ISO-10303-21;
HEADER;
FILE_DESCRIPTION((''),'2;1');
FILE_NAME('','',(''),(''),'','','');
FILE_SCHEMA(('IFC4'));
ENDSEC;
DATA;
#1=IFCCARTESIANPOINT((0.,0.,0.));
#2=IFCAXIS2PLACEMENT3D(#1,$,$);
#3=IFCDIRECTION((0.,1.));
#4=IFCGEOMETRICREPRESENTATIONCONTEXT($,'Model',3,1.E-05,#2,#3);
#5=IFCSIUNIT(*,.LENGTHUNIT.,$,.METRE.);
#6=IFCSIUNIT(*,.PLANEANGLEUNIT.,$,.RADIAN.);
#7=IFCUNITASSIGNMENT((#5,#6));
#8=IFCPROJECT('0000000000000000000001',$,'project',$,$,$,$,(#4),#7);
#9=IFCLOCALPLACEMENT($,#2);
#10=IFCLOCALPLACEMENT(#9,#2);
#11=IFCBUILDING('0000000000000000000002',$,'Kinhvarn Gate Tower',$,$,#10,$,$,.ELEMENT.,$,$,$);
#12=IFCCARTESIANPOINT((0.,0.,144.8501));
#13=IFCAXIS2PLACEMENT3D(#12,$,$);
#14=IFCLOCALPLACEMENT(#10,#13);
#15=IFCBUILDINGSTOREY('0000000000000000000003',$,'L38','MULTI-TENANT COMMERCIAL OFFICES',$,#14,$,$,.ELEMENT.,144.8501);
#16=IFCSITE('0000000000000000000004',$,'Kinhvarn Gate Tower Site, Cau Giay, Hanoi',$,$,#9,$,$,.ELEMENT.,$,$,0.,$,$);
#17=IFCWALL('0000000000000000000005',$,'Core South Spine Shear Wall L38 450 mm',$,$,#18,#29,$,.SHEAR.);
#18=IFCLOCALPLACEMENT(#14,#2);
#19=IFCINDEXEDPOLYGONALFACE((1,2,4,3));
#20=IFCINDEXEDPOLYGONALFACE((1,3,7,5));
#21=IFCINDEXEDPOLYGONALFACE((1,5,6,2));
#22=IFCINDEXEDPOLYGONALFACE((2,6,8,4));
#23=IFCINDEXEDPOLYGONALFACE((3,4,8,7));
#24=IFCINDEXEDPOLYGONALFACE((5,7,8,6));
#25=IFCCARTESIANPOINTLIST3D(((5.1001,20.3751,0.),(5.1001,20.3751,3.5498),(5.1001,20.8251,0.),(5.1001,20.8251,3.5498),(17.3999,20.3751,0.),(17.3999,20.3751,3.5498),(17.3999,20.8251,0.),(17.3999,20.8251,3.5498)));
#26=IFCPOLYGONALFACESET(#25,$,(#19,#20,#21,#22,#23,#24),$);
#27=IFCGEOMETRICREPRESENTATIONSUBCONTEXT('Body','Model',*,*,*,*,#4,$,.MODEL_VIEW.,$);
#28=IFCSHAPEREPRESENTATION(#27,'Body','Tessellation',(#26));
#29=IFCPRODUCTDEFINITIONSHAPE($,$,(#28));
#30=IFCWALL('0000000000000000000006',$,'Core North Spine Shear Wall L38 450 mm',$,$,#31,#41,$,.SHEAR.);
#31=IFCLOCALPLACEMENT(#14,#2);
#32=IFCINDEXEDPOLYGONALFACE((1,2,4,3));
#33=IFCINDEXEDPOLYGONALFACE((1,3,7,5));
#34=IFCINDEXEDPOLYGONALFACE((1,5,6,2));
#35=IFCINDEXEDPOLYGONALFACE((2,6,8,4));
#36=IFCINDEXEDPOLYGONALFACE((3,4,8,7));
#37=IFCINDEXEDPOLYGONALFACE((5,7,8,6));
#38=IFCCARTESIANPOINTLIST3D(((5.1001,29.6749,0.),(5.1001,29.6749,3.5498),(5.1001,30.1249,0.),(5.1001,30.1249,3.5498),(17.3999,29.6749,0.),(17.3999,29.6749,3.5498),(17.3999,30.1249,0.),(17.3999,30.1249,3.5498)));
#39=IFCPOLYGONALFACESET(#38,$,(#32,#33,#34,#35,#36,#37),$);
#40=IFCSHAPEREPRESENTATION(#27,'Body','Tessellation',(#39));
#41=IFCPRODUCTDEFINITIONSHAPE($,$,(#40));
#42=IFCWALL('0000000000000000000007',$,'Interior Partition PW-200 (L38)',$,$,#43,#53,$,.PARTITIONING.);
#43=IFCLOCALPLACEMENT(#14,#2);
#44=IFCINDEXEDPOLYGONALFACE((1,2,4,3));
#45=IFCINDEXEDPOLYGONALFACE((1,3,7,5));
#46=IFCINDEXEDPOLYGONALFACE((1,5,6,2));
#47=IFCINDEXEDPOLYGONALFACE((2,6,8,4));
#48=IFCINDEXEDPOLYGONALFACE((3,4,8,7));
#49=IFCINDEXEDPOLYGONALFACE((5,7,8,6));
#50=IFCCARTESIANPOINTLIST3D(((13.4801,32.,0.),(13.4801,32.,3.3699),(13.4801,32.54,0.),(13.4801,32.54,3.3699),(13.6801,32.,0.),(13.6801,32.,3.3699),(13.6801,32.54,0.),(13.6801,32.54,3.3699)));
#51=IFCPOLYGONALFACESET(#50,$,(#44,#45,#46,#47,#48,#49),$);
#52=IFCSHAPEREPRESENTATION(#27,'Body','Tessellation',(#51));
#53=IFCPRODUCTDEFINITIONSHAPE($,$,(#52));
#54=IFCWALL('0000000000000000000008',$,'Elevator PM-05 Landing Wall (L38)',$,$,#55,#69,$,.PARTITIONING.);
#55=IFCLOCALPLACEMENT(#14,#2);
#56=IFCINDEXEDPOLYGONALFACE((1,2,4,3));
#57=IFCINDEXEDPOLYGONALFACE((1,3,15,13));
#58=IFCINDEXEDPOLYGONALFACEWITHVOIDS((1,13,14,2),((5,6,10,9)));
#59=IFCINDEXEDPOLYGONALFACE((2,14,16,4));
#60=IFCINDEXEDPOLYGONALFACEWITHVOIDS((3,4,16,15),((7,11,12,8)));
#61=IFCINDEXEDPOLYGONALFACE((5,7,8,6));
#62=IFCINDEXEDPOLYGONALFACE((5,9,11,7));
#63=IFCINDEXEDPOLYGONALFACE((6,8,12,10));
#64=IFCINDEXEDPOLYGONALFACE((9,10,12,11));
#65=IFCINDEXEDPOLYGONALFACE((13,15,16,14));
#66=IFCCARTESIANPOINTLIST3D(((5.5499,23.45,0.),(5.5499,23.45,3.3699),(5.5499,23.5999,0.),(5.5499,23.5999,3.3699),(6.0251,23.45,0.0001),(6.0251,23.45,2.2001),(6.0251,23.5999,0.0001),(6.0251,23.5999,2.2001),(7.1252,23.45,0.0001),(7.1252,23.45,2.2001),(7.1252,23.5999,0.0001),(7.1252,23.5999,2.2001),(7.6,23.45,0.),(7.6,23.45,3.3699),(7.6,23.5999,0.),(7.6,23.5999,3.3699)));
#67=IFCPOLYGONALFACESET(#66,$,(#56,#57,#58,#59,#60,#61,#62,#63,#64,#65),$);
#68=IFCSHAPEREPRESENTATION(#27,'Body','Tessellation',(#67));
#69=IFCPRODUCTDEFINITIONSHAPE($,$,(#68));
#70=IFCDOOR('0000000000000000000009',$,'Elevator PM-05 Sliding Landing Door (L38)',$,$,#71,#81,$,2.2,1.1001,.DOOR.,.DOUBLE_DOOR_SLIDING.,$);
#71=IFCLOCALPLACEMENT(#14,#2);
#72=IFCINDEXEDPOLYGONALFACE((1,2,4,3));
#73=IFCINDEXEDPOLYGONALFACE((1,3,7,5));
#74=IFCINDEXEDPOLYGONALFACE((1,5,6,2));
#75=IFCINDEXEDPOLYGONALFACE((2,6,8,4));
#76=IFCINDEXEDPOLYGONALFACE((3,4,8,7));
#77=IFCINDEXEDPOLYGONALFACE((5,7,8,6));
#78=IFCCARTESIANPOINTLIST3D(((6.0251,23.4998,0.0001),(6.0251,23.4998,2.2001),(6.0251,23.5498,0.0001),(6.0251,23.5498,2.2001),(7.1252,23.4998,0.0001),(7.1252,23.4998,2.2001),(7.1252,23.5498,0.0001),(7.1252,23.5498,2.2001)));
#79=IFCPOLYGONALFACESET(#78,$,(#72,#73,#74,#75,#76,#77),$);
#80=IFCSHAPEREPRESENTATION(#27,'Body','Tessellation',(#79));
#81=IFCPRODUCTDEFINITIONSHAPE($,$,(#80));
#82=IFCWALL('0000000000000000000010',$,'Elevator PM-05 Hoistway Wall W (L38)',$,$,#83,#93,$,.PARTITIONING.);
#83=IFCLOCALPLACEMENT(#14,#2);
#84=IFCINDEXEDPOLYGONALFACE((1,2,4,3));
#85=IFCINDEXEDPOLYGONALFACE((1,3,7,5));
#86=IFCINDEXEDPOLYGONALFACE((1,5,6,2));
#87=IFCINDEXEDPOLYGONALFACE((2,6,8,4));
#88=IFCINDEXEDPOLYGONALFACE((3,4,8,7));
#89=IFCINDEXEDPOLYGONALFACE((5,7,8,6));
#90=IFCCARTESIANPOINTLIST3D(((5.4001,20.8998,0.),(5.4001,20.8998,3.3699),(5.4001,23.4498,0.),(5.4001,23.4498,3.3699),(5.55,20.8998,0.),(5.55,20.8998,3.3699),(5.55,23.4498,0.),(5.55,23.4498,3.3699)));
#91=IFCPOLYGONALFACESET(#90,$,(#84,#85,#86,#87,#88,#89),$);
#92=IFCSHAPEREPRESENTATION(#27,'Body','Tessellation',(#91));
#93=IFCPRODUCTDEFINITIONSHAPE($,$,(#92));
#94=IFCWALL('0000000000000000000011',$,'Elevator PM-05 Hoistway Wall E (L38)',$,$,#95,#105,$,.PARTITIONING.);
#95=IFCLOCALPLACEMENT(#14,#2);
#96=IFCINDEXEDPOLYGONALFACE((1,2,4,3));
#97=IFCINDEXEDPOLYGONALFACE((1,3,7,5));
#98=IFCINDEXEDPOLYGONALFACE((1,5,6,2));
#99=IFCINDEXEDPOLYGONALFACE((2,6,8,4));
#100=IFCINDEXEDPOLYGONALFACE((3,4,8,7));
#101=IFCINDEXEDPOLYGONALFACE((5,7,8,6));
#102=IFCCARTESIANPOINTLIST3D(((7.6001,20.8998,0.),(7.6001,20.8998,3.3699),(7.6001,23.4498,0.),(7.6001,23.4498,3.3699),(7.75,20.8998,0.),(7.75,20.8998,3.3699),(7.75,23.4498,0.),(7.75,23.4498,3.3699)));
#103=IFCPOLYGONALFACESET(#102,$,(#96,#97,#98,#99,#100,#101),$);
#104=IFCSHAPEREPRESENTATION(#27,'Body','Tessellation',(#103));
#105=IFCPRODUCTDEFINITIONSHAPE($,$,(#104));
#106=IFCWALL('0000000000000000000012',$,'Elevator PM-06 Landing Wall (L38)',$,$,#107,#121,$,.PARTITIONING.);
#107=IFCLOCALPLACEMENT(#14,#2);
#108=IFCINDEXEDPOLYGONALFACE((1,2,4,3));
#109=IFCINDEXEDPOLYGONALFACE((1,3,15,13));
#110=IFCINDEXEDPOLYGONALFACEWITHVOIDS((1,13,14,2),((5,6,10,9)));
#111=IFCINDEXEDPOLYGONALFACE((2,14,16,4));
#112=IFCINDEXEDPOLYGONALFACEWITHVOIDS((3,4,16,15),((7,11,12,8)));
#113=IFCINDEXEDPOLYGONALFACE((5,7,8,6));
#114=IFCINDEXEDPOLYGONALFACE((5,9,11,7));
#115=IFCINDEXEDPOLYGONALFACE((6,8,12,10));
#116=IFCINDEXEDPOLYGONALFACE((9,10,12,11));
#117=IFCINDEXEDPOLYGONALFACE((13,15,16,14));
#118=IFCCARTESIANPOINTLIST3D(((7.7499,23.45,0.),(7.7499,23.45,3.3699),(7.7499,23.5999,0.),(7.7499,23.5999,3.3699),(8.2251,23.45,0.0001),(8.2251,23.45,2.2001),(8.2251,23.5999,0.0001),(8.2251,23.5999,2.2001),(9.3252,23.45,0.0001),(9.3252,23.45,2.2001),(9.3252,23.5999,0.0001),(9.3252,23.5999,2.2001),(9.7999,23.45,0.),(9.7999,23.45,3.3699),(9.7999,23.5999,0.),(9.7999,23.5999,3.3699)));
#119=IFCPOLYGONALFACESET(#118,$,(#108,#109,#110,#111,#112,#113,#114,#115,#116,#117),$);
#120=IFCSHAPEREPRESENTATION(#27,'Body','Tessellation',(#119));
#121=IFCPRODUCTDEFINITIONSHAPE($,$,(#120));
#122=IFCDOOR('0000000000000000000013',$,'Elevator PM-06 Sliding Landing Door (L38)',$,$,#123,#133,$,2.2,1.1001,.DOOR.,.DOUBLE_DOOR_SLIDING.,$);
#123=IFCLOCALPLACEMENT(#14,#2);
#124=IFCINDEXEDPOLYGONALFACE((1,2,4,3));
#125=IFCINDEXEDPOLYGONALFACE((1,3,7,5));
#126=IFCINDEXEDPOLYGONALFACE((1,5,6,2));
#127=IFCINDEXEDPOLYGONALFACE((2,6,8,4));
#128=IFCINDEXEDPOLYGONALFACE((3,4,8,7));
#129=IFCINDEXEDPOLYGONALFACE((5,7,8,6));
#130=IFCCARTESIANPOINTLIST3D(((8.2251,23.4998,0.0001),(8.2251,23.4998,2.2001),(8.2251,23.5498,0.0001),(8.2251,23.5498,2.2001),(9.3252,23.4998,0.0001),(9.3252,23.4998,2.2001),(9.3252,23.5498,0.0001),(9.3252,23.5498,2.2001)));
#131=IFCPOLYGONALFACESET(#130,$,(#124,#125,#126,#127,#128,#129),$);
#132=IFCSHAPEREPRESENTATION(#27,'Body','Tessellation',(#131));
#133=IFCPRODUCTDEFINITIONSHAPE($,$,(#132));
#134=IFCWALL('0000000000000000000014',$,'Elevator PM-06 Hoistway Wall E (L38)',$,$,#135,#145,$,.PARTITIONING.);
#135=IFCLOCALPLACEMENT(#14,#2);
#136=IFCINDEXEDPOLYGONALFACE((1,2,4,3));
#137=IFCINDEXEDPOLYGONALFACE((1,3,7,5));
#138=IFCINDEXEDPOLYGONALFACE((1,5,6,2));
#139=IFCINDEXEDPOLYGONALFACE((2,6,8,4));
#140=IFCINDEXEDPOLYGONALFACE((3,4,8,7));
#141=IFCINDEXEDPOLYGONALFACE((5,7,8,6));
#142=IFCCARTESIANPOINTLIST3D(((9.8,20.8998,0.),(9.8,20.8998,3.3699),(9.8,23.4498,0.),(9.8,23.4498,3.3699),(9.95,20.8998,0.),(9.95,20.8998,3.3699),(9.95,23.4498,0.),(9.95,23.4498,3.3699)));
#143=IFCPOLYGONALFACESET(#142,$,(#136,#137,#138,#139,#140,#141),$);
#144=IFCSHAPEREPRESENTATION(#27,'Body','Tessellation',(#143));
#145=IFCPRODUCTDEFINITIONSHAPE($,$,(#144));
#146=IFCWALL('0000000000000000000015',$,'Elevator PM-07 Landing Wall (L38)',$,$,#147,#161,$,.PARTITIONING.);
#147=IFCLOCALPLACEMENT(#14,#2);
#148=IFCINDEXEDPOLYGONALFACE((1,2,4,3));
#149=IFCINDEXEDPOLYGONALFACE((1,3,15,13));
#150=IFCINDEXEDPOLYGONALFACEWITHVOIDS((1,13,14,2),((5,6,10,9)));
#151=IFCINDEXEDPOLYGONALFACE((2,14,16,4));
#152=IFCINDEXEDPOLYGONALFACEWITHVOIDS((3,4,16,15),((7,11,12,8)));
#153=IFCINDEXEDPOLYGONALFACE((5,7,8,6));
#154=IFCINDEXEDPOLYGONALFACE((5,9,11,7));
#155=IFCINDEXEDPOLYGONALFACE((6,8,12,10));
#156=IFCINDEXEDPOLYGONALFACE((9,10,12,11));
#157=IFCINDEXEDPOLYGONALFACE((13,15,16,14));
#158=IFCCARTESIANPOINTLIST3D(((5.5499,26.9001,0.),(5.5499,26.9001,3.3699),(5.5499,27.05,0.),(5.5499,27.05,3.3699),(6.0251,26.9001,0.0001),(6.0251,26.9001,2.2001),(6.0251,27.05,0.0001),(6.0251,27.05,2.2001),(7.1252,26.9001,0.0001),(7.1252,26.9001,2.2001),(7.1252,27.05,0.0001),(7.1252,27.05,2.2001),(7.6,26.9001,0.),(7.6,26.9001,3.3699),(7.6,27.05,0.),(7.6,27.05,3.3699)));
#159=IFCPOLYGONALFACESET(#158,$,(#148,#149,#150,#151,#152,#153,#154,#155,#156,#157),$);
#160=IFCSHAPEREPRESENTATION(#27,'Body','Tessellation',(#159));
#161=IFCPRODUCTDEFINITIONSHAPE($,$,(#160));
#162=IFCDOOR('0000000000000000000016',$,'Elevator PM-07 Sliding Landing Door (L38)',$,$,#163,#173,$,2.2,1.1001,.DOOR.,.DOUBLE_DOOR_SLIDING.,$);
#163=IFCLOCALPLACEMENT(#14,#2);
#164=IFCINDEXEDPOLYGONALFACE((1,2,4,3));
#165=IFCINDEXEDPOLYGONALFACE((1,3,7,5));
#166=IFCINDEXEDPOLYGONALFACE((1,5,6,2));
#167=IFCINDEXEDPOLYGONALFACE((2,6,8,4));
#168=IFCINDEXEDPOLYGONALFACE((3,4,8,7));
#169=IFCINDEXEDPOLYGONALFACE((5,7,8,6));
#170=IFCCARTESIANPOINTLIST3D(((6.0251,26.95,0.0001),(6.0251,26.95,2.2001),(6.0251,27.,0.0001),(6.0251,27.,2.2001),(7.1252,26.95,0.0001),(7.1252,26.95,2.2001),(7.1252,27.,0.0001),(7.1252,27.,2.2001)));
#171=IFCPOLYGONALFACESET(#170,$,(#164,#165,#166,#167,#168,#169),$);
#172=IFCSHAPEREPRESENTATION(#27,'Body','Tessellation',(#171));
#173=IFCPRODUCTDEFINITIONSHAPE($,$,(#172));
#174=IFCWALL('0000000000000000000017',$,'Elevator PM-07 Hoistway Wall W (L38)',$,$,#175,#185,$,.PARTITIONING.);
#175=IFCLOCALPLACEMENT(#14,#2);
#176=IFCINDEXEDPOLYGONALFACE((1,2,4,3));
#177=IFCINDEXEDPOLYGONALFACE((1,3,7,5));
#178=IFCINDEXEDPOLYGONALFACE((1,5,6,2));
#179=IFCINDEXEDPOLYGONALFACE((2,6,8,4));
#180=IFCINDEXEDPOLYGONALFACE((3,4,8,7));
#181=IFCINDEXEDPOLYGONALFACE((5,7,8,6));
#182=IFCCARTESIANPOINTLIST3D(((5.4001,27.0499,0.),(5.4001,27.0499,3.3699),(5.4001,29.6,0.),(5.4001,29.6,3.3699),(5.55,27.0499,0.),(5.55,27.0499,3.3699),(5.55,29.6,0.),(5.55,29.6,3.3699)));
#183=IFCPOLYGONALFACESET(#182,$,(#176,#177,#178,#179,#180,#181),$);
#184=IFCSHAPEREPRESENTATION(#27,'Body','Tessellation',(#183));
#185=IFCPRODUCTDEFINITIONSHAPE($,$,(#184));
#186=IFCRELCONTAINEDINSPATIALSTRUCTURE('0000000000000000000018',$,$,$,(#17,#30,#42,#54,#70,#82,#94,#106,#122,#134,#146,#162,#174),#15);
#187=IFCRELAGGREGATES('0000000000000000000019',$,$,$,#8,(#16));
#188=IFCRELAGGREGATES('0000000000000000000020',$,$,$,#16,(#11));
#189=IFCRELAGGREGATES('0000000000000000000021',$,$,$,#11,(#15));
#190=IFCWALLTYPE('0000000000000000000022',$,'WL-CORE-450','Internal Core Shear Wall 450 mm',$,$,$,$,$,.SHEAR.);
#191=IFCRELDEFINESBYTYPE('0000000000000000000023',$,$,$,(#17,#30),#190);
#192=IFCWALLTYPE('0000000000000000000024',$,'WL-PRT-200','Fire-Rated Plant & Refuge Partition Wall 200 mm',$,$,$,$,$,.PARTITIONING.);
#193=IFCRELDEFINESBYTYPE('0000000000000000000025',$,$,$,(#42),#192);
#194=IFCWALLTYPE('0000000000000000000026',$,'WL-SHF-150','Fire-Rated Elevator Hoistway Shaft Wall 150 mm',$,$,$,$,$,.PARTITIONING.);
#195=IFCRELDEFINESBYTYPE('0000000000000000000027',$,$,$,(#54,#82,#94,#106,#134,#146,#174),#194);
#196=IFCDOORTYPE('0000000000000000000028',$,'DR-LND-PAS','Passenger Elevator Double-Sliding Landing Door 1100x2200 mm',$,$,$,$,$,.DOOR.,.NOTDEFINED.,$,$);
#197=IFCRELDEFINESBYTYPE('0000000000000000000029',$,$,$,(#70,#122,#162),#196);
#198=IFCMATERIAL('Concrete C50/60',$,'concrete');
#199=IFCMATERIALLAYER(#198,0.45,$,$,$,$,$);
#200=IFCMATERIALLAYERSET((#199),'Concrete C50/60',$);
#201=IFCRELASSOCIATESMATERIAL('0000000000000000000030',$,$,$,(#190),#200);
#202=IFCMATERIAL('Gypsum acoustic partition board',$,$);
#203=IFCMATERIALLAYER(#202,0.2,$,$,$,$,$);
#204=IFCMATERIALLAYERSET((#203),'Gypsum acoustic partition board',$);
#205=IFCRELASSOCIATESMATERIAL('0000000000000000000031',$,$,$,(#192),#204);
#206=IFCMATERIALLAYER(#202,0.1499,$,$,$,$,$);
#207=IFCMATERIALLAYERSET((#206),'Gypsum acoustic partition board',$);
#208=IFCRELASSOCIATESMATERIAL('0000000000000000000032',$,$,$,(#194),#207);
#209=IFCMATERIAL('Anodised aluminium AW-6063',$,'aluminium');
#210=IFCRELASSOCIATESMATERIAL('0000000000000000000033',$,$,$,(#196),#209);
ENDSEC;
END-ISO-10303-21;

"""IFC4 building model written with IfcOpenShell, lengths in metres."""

from ifc_helpers import new_model, si_unit, direction, frame, frame_2d, origin, place, context, subcontext, project, spatial, rectangle, extrude, material, layer, layer_set, type_object, element, fill, save


model = new_model("IFC4")

# Units and contexts
model_context = context("Model", 3, precision=1e-05, world=origin(), true_north=direction((0.0, 1.0)))
body_context = subcontext(model_context, "Body", "Model", "MODEL_VIEW")
ifc_project = project(units=[si_unit("LENGTHUNIT", "METRE"), si_unit("PLANEANGLEUNIT", "RADIAN")], contexts=[model_context])

# Site, building, storey
site_placement = place(None, origin())
site = spatial("IfcSite", under=ifc_project, at=site_placement, Name="Kinhvarn Gate Tower Site, Cau Giay, Hanoi", CompositionType="ELEMENT", RefElevation=0.0)
building_placement = place(site_placement, origin())
building = spatial("IfcBuilding", under=site, at=building_placement, Name="Kinhvarn Gate Tower", CompositionType="ELEMENT")
storey_placement = place(building_placement, frame((0.0, 0.0, 144.8501)))
storey = spatial("IfcBuildingStorey", under=building, at=storey_placement, Name="L38", Description="MULTI-TENANT COMMERCIAL OFFICES", CompositionType="ELEMENT", Elevation=144.8501)

# Walls
ifc_material_1 = material(Name="Concrete C50/60", Category="concrete")
ifc_layer_1 = layer(ifc_material_1, 0.45)
ifc_layer_set_1 = layer_set([ifc_layer_1], Name="Concrete C50/60")
wall_type_1 = type_object("IfcWallType", Name="WL-CORE-450", Description="Internal Core Shear Wall 450 mm", PredefinedType="SHEAR", material=ifc_layer_set_1)
for number, where, z_axis, x_axis, name in (
    (1, (5.1001, 20.6001, 0.0), (0.0, 0.0, 1.0), (1.0, 0.0, 0.0), "Core South Spine Shear Wall L38 450 mm"),
    (2, (5.1001, 29.8999, 0.0), (0.0, 0.0, 1.0), (1.0, 0.0, 0.0), "Core North Spine Shear Wall L38 450 mm"),
):
    element("IfcWall", number, at=place(storey_placement, frame(where, z_axis=z_axis, x_axis=x_axis)), inside=storey, type_object=wall_type_1, Name=name, PredefinedType="SHEAR", context=body_context, shape_type="SweptSolid", body=[
        extrude(rectangle(XDim=12.2998, YDim=0.45, at=frame_2d((6.1499, 0.0))), origin(), (0.0, 0.0, 1.0), 3.5498),
    ])
ifc_material_2 = material(Name="Gypsum acoustic partition board")
ifc_layer_2 = layer(ifc_material_2, 0.2)
ifc_layer_set_2 = layer_set([ifc_layer_2], Name="Gypsum acoustic partition board")
wall_type_2 = type_object("IfcWallType", Name="WL-PRT-200", Description="Fire-Rated Plant & Refuge Partition Wall 200 mm", PredefinedType="PARTITIONING", material=ifc_layer_set_2)
wall_1_placement = place(storey_placement, frame((13.5801, 32.0, 0.0), z_axis=(0.0, 0.0, 1.0), x_axis=(0.0, 1.0, 0.0)))
element("IfcWall", 3, at=wall_1_placement, inside=storey, type_object=wall_type_2, Name="Interior Partition PW-200 (L38)", PredefinedType="PARTITIONING", context=body_context, shape_type="SweptSolid", body=[
    extrude(rectangle(XDim=0.54, YDim=0.2, at=frame_2d((0.27, 0.0))), origin(), (0.0, 0.0, 1.0), 3.3699),
])

# Wall, opening, door
ifc_layer_3 = layer(ifc_material_2, 0.1499)
ifc_layer_set_3 = layer_set([ifc_layer_3], Name="Gypsum acoustic partition board")
wall_type_3 = type_object("IfcWallType", Name="WL-SHF-150", Description="Fire-Rated Elevator Hoistway Shaft Wall 150 mm", PredefinedType="PARTITIONING", material=ifc_layer_set_3)
wall_2_placement = place(storey_placement, frame((5.55, 23.5249, 0.0), z_axis=(0.0, 0.0, 1.0), x_axis=(1.0, 0.0, 0.0)))
wall_2 = element("IfcWall", 4, at=wall_2_placement, inside=storey, type_object=wall_type_3, Name="Elevator PM-05 Landing Wall (L38)", PredefinedType="PARTITIONING", context=body_context, shape_type="SweptSolid", body=[
    extrude(rectangle(XDim=2.05, YDim=0.1499, at=frame_2d((1.0249, 0.0))), origin(), (0.0, 0.0, 1.0), 3.3699),
])
opening_1_placement = place(wall_2_placement, frame((0.4751, 0.0, 0.0)))
opening_1 = element("IfcOpeningElement", 5, at=opening_1_placement, cuts=wall_2, PredefinedType="OPENING", context=body_context, shape_type="SweptSolid", body=[
    extrude(rectangle(XDim=1.1001, YDim=2.2, at=frame_2d((0.55, 1.1001))), frame((0.0, 0.085, 0.0), z_axis=(0.0, -1.0, 0.0), x_axis=(1.0, 0.0, 0.0)), (0.0, 0.0, 1.0), 0.1699),
])
ifc_material_3 = material(Name="Anodised aluminium AW-6063", Category="aluminium")
door_type_1 = type_object("IfcDoorType", Name="DR-LND-PAS", Description="Passenger Elevator Double-Sliding Landing Door 1100x2200 mm", OperationType="NOTDEFINED", PredefinedType="DOOR", material=ifc_material_3)
door_1_placement = place(opening_1_placement, origin())
door_1 = element("IfcDoor", 6, at=door_1_placement, inside=storey, type_object=door_type_1, Name="Elevator PM-05 Sliding Landing Door (L38)", OperationType="DOUBLE_DOOR_SLIDING", OverallHeight=2.2, OverallWidth=1.1001, PredefinedType="DOOR", context=body_context, shape_type="SweptSolid", body=[
    extrude(rectangle(XDim=1.1001, YDim=2.2, at=frame_2d((0.55, 1.1001))), frame((0.0, 0.0249, 0.0), z_axis=(0.0, -1.0, 0.0), x_axis=(1.0, 0.0, 0.0)), (0.0, 0.0, 1.0), 0.05),
])
fill(opening_1, door_1)

# Walls
for number, where, z_axis, x_axis, name in (
    (7, (5.4751, 20.8999, 0.0), (0.0, 0.0, 1.0), (0.0, 1.0, 0.0), "Elevator PM-05 Hoistway Wall W (L38)"),
    (8, (7.675, 20.8999, 0.0), (0.0, 0.0, 1.0), (0.0, 1.0, 0.0), "Elevator PM-05 Hoistway Wall E (L38)"),
):
    element("IfcWall", number, at=place(storey_placement, frame(where, z_axis=z_axis, x_axis=x_axis)), inside=storey, type_object=wall_type_3, Name=name, PredefinedType="PARTITIONING", context=body_context, shape_type="SweptSolid", body=[
        extrude(rectangle(XDim=2.55, YDim=0.1499, at=frame_2d((1.2749, 0.0))), origin(), (0.0, 0.0, 1.0), 3.3699),
    ])

# Wall, opening, door
wall_3_placement = place(storey_placement, frame((7.75, 23.5249, 0.0), z_axis=(0.0, 0.0, 1.0), x_axis=(1.0, 0.0, 0.0)))
wall_3 = element("IfcWall", 9, at=wall_3_placement, inside=storey, type_object=wall_type_3, Name="Elevator PM-06 Landing Wall (L38)", PredefinedType="PARTITIONING", context=body_context, shape_type="SweptSolid", body=[
    extrude(rectangle(XDim=2.05, YDim=0.1499, at=frame_2d((1.0249, 0.0))), origin(), (0.0, 0.0, 1.0), 3.3699),
])
opening_2_placement = place(wall_3_placement, frame((0.4751, 0.0, 0.0)))
opening_2 = element("IfcOpeningElement", 10, at=opening_2_placement, cuts=wall_3, PredefinedType="OPENING", context=body_context, shape_type="SweptSolid", body=[
    extrude(rectangle(XDim=1.1001, YDim=2.2, at=frame_2d((0.55, 1.1001))), frame((0.0, 0.085, 0.0), z_axis=(0.0, -1.0, 0.0), x_axis=(1.0, 0.0, 0.0)), (0.0, 0.0, 1.0), 0.1699),
])
door_2_placement = place(opening_2_placement, origin())
door_2 = element("IfcDoor", 11, at=door_2_placement, inside=storey, type_object=door_type_1, Name="Elevator PM-06 Sliding Landing Door (L38)", OperationType="DOUBLE_DOOR_SLIDING", OverallHeight=2.2, OverallWidth=1.1001, PredefinedType="DOOR", context=body_context, shape_type="SweptSolid", body=[
    extrude(rectangle(XDim=1.1001, YDim=2.2, at=frame_2d((0.55, 1.1001))), frame((0.0, 0.0249, 0.0), z_axis=(0.0, -1.0, 0.0), x_axis=(1.0, 0.0, 0.0)), (0.0, 0.0, 1.0), 0.05),
])
fill(opening_2, door_2)

# Wall
wall_4_placement = place(storey_placement, frame((9.875, 20.8999, 0.0), z_axis=(0.0, 0.0, 1.0), x_axis=(0.0, 1.0, 0.0)))
element("IfcWall", 12, at=wall_4_placement, inside=storey, type_object=wall_type_3, Name="Elevator PM-06 Hoistway Wall E (L38)", PredefinedType="PARTITIONING", context=body_context, shape_type="SweptSolid", body=[
    extrude(rectangle(XDim=2.55, YDim=0.1499, at=frame_2d((1.2749, 0.0))), origin(), (0.0, 0.0, 1.0), 3.3699),
])

# Wall, opening, door
wall_5_placement = place(storey_placement, frame((5.55, 26.9751, 0.0), z_axis=(0.0, 0.0, 1.0), x_axis=(1.0, 0.0, 0.0)))
wall_5 = element("IfcWall", 13, at=wall_5_placement, inside=storey, type_object=wall_type_3, Name="Elevator PM-07 Landing Wall (L38)", PredefinedType="PARTITIONING", context=body_context, shape_type="SweptSolid", body=[
    extrude(rectangle(XDim=2.05, YDim=0.1499, at=frame_2d((1.0249, 0.0))), origin(), (0.0, 0.0, 1.0), 3.3699),
])
opening_3_placement = place(wall_5_placement, frame((0.4751, 0.0, 0.0)))
opening_3 = element("IfcOpeningElement", 14, at=opening_3_placement, cuts=wall_5, PredefinedType="OPENING", context=body_context, shape_type="SweptSolid", body=[
    extrude(rectangle(XDim=1.1001, YDim=2.2, at=frame_2d((0.55, 1.1001))), frame((0.0, 0.085, 0.0), z_axis=(0.0, -1.0, 0.0), x_axis=(1.0, 0.0, 0.0)), (0.0, 0.0, 1.0), 0.1699),
])
door_3_placement = place(opening_3_placement, origin())
door_3 = element("IfcDoor", 15, at=door_3_placement, inside=storey, type_object=door_type_1, Name="Elevator PM-07 Sliding Landing Door (L38)", OperationType="DOUBLE_DOOR_SLIDING", OverallHeight=2.2, OverallWidth=1.1001, PredefinedType="DOOR", context=body_context, shape_type="SweptSolid", body=[
    extrude(rectangle(XDim=1.1001, YDim=2.2, at=frame_2d((0.55, 1.1001))), frame((0.0, 0.0249, 0.0), z_axis=(0.0, -1.0, 0.0), x_axis=(1.0, 0.0, 0.0)), (0.0, 0.0, 1.0), 0.05),
])
fill(opening_3, door_3)

# Wall
for number, where, z_axis, x_axis, name in (
    (16, (5.4751, 27.05, 0.0), (0.0, 0.0, 1.0), (0.0, 1.0, 0.0), "Elevator PM-07 Hoistway Wall W (L38)"),
):
    element("IfcWall", number, at=place(storey_placement, frame(where, z_axis=z_axis, x_axis=x_axis)), inside=storey, type_object=wall_type_3, Name=name, PredefinedType="PARTITIONING", context=body_context, shape_type="SweptSolid", body=[
        extrude(rectangle(XDim=2.55, YDim=0.1499, at=frame_2d((1.2749, 0.0))), origin(), (0.0, 0.0, 1.0), 3.3699),
    ])

save(model, "model.ifc")
